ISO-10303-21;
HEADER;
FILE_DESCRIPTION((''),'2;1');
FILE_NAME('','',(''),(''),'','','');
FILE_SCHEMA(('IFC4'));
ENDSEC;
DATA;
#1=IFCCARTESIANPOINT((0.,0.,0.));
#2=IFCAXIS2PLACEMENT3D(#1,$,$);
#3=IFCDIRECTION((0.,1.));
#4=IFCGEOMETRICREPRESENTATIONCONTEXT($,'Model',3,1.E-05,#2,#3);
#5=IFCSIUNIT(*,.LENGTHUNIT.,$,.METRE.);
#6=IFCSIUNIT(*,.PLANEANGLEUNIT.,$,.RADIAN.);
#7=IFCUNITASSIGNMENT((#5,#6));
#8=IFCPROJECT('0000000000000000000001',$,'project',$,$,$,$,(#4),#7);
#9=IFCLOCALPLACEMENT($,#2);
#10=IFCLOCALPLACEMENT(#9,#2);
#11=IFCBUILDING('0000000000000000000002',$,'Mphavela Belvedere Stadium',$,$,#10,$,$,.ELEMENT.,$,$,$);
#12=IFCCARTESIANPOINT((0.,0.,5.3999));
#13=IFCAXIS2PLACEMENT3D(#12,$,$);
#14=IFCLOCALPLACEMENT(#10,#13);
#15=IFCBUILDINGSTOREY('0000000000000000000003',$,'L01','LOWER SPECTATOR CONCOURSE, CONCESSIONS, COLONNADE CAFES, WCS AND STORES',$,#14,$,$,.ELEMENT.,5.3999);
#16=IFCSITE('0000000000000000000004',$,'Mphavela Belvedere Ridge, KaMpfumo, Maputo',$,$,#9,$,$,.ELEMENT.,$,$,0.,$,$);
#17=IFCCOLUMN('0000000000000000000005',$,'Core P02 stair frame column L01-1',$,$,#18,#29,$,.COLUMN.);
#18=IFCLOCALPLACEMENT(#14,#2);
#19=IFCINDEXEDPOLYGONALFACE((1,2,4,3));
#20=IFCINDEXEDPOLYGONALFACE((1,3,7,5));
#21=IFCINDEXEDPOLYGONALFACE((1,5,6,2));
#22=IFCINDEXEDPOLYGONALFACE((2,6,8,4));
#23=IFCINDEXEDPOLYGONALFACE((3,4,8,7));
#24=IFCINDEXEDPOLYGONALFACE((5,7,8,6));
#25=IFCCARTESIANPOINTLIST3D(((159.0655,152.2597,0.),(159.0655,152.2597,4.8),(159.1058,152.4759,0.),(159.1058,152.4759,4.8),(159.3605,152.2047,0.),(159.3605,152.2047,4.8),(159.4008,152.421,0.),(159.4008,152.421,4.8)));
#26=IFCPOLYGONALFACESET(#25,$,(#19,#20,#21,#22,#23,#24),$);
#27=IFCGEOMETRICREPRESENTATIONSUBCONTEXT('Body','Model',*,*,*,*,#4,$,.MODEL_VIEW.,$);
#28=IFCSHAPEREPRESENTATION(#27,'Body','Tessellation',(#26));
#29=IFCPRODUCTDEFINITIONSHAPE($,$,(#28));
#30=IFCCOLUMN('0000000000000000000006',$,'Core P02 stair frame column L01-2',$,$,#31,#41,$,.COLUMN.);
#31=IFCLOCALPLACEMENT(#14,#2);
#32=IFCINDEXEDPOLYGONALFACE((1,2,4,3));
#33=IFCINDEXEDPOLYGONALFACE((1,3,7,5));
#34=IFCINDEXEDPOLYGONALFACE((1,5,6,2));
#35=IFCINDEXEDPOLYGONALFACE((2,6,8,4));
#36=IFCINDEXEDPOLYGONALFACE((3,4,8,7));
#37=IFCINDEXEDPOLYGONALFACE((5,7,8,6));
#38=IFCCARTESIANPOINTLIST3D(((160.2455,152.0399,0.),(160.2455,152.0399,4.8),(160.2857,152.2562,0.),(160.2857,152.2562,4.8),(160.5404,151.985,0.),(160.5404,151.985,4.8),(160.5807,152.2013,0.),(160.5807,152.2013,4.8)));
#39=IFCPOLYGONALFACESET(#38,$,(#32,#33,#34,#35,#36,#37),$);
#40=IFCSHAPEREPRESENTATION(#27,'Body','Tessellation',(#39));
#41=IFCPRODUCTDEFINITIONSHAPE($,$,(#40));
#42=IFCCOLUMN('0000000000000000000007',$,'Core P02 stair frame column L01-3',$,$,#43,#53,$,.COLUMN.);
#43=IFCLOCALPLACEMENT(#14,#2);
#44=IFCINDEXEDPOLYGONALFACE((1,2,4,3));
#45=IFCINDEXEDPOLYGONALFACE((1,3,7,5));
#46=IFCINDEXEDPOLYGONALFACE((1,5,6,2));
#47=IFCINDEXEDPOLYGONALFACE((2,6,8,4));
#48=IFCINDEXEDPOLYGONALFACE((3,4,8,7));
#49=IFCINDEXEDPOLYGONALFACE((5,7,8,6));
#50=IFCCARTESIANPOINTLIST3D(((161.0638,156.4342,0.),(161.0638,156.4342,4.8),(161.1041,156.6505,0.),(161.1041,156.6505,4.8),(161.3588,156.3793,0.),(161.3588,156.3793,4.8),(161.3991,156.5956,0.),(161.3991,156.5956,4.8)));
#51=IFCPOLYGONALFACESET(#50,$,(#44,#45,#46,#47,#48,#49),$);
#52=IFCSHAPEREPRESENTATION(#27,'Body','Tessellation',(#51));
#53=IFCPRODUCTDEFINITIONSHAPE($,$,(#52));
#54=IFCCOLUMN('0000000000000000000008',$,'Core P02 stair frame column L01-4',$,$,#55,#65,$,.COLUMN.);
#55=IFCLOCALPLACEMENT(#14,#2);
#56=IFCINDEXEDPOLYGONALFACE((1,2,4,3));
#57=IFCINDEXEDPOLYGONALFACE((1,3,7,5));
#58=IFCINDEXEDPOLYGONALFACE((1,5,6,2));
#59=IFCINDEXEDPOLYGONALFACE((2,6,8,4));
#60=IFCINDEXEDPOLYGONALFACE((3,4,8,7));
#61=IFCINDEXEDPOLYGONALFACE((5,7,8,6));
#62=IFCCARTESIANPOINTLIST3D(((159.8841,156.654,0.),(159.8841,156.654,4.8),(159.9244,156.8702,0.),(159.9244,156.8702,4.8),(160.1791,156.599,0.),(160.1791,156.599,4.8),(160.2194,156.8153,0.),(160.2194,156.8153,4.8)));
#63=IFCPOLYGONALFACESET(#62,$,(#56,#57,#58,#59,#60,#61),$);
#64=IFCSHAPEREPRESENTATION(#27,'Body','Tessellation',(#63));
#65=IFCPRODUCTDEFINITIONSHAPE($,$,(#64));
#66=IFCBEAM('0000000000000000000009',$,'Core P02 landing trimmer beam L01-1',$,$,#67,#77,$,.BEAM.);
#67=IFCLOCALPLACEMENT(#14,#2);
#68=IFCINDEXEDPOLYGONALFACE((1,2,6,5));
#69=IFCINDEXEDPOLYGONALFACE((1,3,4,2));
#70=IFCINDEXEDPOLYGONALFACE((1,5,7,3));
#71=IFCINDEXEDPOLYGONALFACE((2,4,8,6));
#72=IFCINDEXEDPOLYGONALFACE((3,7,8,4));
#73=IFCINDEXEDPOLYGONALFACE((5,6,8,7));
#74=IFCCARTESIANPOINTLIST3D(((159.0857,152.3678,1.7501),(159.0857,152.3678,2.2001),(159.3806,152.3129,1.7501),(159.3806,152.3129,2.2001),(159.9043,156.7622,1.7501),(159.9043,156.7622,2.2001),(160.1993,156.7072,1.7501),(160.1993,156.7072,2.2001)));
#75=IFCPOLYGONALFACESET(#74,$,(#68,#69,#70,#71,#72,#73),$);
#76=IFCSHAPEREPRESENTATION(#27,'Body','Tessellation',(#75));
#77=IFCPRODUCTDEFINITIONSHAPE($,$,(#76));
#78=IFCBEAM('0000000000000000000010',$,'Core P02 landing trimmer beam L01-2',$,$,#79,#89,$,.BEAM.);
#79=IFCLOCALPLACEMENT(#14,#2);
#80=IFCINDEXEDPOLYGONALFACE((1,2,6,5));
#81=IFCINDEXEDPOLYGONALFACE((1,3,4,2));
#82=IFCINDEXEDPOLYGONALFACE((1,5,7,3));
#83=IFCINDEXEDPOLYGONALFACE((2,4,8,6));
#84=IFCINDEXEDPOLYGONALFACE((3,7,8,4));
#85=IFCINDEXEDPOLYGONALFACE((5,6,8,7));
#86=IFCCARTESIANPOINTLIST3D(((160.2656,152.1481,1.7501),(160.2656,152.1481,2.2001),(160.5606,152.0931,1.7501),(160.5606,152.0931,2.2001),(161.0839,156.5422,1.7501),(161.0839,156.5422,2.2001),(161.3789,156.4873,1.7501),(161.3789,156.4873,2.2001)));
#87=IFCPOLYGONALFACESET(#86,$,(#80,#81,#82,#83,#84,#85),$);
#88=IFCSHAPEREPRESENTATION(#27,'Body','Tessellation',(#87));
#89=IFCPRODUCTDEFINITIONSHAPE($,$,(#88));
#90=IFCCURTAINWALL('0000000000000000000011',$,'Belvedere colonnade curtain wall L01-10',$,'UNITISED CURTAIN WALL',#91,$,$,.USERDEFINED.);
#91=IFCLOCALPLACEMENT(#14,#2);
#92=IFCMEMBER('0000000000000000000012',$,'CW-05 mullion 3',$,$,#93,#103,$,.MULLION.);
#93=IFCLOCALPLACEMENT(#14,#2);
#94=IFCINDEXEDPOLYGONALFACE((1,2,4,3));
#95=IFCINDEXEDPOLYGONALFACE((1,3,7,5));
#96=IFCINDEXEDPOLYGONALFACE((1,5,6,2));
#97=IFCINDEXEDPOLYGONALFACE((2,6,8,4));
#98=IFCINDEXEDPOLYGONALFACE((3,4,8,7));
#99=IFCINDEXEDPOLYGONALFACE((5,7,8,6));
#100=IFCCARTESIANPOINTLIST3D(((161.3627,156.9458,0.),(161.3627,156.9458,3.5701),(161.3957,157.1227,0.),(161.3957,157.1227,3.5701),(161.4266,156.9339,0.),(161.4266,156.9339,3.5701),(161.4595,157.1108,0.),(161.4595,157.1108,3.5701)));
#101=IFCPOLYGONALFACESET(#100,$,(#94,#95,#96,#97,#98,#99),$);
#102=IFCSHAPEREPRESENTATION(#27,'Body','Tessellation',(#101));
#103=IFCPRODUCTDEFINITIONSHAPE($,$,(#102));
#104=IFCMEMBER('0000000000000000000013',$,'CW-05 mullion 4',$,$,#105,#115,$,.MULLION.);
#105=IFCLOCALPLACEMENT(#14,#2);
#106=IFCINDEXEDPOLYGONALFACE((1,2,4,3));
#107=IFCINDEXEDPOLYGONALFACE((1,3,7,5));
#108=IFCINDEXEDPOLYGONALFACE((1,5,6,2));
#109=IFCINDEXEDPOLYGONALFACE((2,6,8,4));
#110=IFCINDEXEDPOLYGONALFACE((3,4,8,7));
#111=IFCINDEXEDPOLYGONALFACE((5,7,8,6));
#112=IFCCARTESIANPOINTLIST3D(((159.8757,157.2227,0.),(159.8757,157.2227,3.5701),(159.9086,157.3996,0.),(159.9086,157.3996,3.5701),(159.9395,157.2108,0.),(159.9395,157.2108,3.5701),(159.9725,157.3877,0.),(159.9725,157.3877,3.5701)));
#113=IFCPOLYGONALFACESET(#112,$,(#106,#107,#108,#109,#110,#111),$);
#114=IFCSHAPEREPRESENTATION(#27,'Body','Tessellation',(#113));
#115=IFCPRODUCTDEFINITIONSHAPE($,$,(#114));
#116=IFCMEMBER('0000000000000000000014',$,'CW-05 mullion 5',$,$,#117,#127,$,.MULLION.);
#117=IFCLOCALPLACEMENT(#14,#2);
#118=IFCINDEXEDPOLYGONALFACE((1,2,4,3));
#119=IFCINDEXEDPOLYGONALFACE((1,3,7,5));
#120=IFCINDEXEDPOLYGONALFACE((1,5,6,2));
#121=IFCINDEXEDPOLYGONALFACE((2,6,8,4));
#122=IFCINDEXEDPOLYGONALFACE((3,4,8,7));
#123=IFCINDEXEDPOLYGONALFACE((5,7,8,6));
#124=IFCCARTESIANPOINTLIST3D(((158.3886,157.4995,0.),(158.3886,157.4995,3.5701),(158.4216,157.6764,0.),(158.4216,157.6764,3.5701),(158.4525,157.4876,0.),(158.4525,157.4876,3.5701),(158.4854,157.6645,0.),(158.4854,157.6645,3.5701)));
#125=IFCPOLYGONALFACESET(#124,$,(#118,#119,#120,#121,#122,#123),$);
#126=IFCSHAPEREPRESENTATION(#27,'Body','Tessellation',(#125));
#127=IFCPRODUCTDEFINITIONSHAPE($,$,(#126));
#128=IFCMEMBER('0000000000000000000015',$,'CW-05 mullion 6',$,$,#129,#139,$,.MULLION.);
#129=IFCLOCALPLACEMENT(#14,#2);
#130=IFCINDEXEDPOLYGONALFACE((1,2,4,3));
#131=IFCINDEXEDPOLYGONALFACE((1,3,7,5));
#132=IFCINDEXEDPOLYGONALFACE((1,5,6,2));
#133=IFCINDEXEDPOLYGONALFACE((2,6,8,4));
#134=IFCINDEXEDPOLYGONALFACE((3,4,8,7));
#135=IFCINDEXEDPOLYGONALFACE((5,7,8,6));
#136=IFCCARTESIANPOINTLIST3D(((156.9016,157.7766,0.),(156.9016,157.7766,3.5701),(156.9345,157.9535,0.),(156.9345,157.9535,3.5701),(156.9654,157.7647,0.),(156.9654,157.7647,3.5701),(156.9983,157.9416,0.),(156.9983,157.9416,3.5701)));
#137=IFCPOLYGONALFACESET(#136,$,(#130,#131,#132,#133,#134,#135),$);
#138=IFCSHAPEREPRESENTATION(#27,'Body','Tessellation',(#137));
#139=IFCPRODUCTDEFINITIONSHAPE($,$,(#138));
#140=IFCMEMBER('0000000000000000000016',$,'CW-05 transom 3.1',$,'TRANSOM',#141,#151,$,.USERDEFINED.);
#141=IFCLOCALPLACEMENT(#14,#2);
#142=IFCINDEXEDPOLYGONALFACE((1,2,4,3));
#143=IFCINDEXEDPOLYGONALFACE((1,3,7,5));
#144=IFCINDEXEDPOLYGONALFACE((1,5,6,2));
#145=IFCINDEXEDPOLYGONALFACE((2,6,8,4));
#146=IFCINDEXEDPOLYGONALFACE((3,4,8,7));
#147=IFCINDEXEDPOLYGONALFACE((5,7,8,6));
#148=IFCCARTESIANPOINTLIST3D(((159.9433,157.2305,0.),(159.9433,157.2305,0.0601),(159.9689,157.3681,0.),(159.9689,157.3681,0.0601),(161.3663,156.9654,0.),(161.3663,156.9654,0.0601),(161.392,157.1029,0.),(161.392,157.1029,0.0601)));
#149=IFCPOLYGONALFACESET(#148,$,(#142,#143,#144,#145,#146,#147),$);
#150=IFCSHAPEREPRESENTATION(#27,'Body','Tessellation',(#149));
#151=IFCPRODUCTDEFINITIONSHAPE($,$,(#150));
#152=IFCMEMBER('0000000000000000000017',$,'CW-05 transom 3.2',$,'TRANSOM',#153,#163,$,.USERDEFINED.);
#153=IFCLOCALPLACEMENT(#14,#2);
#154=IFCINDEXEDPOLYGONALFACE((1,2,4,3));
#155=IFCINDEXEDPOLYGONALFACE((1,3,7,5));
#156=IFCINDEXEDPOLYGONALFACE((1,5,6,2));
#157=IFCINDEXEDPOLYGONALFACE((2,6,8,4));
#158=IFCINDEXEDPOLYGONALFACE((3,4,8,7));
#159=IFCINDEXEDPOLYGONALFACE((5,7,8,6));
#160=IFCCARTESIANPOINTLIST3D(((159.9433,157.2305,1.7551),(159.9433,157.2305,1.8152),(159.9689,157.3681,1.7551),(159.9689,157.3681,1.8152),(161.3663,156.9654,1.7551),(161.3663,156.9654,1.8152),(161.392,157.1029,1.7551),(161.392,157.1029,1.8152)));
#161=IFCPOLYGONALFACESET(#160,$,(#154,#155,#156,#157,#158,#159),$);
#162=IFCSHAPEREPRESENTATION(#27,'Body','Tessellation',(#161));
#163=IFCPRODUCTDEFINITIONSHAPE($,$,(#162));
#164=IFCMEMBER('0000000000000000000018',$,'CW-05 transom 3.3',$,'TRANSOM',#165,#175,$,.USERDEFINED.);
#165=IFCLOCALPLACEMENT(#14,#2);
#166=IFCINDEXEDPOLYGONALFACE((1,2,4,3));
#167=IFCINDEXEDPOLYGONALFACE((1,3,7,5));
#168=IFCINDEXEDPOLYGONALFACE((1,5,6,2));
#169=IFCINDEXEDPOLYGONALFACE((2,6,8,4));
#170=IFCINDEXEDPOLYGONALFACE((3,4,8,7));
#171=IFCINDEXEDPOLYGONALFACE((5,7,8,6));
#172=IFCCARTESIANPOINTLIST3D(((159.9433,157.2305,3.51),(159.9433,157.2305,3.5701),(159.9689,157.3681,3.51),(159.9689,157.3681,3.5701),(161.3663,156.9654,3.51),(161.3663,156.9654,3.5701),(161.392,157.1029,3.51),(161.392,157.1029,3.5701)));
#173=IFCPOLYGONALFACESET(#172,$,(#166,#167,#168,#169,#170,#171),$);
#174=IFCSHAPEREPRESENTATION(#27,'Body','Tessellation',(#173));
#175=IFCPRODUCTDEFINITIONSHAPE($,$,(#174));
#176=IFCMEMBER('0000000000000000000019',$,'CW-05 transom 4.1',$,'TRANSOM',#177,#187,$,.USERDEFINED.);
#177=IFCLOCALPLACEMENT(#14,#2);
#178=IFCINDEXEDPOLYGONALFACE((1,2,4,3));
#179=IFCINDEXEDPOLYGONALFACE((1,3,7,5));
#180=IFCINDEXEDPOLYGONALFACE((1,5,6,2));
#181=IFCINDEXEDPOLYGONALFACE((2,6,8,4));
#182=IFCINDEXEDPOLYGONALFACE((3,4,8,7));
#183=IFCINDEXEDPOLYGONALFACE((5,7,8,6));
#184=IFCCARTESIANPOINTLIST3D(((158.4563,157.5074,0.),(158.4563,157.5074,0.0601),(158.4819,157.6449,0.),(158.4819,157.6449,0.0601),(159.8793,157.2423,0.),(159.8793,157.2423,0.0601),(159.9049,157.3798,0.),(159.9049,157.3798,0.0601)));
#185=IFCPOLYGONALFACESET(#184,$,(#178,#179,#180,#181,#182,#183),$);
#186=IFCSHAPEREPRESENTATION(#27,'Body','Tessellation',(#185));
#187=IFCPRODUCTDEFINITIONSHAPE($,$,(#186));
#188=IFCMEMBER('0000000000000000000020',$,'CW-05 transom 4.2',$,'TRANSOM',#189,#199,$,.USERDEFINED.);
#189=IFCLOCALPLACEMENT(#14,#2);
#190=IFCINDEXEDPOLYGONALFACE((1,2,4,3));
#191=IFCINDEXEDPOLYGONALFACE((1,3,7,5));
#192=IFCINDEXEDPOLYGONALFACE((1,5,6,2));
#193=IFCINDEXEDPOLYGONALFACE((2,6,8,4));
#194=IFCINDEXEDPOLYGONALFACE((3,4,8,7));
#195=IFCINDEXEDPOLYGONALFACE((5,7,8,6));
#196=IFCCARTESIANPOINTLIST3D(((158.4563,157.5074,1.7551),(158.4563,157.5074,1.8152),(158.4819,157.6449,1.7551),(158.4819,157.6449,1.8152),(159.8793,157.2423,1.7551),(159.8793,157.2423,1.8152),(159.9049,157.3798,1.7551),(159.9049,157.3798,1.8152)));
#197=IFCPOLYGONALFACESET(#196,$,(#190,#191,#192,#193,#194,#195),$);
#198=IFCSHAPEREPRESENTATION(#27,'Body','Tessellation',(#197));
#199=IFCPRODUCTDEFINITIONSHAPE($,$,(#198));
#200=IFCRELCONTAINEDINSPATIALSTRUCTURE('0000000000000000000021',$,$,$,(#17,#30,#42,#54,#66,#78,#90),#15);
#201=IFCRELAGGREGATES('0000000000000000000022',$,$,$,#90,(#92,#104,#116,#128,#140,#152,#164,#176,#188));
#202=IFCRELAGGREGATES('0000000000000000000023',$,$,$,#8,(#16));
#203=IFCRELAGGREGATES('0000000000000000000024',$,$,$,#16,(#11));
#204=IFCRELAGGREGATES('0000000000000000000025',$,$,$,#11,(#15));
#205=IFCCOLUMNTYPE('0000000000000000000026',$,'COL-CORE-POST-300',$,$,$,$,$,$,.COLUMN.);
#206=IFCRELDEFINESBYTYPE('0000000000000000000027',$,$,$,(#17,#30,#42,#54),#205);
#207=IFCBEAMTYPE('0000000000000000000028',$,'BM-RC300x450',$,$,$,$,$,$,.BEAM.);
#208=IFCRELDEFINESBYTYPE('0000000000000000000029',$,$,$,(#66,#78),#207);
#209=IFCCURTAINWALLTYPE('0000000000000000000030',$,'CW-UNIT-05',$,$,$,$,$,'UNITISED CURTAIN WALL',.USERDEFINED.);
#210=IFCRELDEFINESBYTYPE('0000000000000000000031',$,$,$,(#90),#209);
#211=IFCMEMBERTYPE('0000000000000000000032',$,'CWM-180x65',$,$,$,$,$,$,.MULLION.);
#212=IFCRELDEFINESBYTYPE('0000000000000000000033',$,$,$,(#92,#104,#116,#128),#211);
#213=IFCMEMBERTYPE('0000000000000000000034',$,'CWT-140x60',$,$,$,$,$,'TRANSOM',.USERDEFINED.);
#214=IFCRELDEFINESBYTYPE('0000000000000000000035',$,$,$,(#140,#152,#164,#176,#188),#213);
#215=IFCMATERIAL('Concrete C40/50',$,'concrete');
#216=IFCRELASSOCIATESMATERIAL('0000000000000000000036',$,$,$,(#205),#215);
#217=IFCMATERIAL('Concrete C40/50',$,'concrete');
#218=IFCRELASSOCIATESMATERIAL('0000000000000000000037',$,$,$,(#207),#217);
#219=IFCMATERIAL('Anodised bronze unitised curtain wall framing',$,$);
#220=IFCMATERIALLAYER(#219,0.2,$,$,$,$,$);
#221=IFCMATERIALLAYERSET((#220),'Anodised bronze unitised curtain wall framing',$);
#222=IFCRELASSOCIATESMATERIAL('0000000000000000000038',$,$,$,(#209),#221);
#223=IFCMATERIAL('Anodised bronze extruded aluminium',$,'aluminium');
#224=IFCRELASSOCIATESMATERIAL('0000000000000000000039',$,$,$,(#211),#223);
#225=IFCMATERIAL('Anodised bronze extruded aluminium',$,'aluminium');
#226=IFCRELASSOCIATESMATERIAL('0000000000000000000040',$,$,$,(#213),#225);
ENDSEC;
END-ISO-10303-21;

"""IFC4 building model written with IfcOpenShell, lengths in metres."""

from ifc_helpers import new_model, si_unit, direction, frame, origin, origin_2d, place, context, subcontext, project, spatial, rectangle, extrude, material, layer, layer_set, material_profile, profile_set, type_object, element, aggregate, save


model = new_model("IFC4")

# Units and contexts
model_context = context("Model", 3, precision=1e-05, world=origin(), true_north=direction((0.0, 1.0)))
body_context = subcontext(model_context, "Body", "Model", "MODEL_VIEW")
ifc_project = project(units=[si_unit("LENGTHUNIT", "METRE"), si_unit("PLANEANGLEUNIT", "RADIAN")], contexts=[model_context])

# Site, building, storey
site_placement = place(None, origin())
site = spatial("IfcSite", under=ifc_project, at=site_placement, Name="Mphavela Belvedere Ridge, KaMpfumo, Maputo", CompositionType="ELEMENT", RefElevation=0.0)
building_placement = place(site_placement, origin())
building = spatial("IfcBuilding", under=site, at=building_placement, Name="Mphavela Belvedere Stadium", CompositionType="ELEMENT")
storey_placement = place(building_placement, frame((0.0, 0.0, 5.3999)))
storey = spatial("IfcBuildingStorey", under=building, at=storey_placement, Name="L01", Description="LOWER SPECTATOR CONCOURSE, CONCESSIONS, COLONNADE CAFES, WCS AND STORES", CompositionType="ELEMENT", Elevation=5.3999)

# Columns
ifc_material_1 = material(Name="Concrete C40/50", Category="concrete")
ifc_material_profile_1 = material_profile(ifc_material_1, rectangle(XDim=0.3, YDim=0.22, at=origin_2d()), Name="RC 300x220")
ifc_profile_set_1 = profile_set([ifc_material_profile_1], Name="Concrete C40/50")
column_type = type_object("IfcColumnType", Name="COL-CORE-POST-300", PredefinedType="COLUMN", material=ifc_profile_set_1)
for number, where, z_axis, x_axis, name in (
    (1, (159.2332, 152.3403, 0.0), (0.0, 0.0, 1.0), (0.983096, -0.183094, 0.0), "Core P02 stair frame column L01-1"),
    (2, (160.4131, 152.1206, 0.0), (0.0, 0.0, 1.0), (0.983096, -0.183094, 0.0), "Core P02 stair frame column L01-2"),
    (3, (161.2314, 156.5149, 0.0), (0.0, 0.0, 1.0), (0.983096, -0.183094, 0.0), "Core P02 stair frame column L01-3"),
    (4, (160.0518, 156.7346, 0.0), (0.0, 0.0, 1.0), (0.983096, -0.183094, 0.0), "Core P02 stair frame column L01-4"),
):
    element("IfcColumn", number, at=place(storey_placement, frame(where, z_axis=z_axis, x_axis=x_axis)), inside=storey, type_object=column_type, Name=name, PredefinedType="COLUMN", context=body_context, shape_type="SweptSolid", body=[
        extrude(rectangle(XDim=0.3, YDim=0.22, at=origin_2d()), origin(), (0.0, 0.0, 1.0), 4.8),
    ])

# Beams
ifc_material_2 = material(Name="Concrete C40/50", Category="concrete")
ifc_material_profile_2 = material_profile(ifc_material_2, rectangle(XDim=0.3, YDim=0.45, at=origin_2d()), Name="RC 300x450")
ifc_profile_set_2 = profile_set([ifc_material_profile_2], Name="Concrete C40/50")
beam_type = type_object("IfcBeamType", Name="BM-RC300x450", PredefinedType="BEAM", material=ifc_profile_set_2)
beam_1_placement = place(storey_placement, frame((159.2332, 152.3403, 1.9751), z_axis=(0.183137, 0.983087, 0.0), x_axis=(-0.983087, 0.183137, 0.0)))
element("IfcBeam", 5, at=beam_1_placement, inside=storey, type_object=beam_type, Name="Core P02 landing trimmer beam L01-1", PredefinedType="BEAM", context=body_context, shape_type="SweptSolid", body=[
    extrude(rectangle(XDim=0.3, YDim=0.45, at=origin_2d()), origin(), (0.0, 0.0, 1.0), 4.47),
])
beam_2_placement = place(storey_placement, frame((160.4131, 152.1206, 1.9751), z_axis=(0.183085, 0.983097, 0.0), x_axis=(-0.983097, 0.183085, 0.0)))
element("IfcBeam", 6, at=beam_2_placement, inside=storey, type_object=beam_type, Name="Core P02 landing trimmer beam L01-2", PredefinedType="BEAM", context=body_context, shape_type="SweptSolid", body=[
    extrude(rectangle(XDim=0.3, YDim=0.45, at=origin_2d()), origin(), (0.0, 0.0, 1.0), 4.4697),
])

# Curtain wall, members
ifc_material_3 = material(Name="Anodised bronze unitised curtain wall framing")
ifc_layer_1 = layer(ifc_material_3, 0.2)
ifc_layer_set_1 = layer_set([ifc_layer_1], Name="Anodised bronze unitised curtain wall framing")
curtain_wall_type = type_object("IfcCurtainWallType", Name="CW-UNIT-05", ElementType="UNITISED CURTAIN WALL", PredefinedType="USERDEFINED", material=ifc_layer_set_1)
curtain_wall_placement = place(storey_placement, origin())
curtain_wall = element("IfcCurtainWall", 7, at=curtain_wall_placement, inside=storey, type_object=curtain_wall_type, Name="Belvedere colonnade curtain wall L01-10", ObjectType="UNITISED CURTAIN WALL", PredefinedType="USERDEFINED")
ifc_material_4 = material(Name="Anodised bronze extruded aluminium", Category="aluminium")
ifc_material_profile_3 = material_profile(ifc_material_4, rectangle(XDim=0.1799, YDim=0.0649, at=origin_2d()), Name="CW-MUL 180x65")
ifc_profile_set_3 = profile_set([ifc_material_profile_3], Name="Anodised bronze extruded aluminium")
member_type_1 = type_object("IfcMemberType", Name="CWM-180x65", PredefinedType="MULLION", material=ifc_profile_set_3)
member_1_placement = place(storey_placement, frame((161.4111, 157.0283, 0.0), z_axis=(0.0, 0.0, 1.0), x_axis=(-0.183095, -0.983095, 0.0)))
member_1 = element("IfcMember", 8, at=member_1_placement, type_object=member_type_1, Name="CW-05 mullion 3", PredefinedType="MULLION", context=body_context, shape_type="SweptSolid", body=[
    extrude(rectangle(XDim=0.1799, YDim=0.0649, at=origin_2d()), origin(), (0.0, 0.0, 1.0), 3.5701),
])
member_2_placement = place(storey_placement, frame((159.9241, 157.3052, 0.0), z_axis=(0.0, 0.0, 1.0), x_axis=(-0.183095, -0.983095, 0.0)))
member_2 = element("IfcMember", 9, at=member_2_placement, type_object=member_type_1, Name="CW-05 mullion 4", PredefinedType="MULLION", context=body_context, shape_type="SweptSolid", body=[
    extrude(rectangle(XDim=0.1799, YDim=0.0649, at=origin_2d()), origin(), (0.0, 0.0, 1.0), 3.5701),
])
member_3_placement = place(storey_placement, frame((158.437, 157.582, 0.0), z_axis=(0.0, 0.0, 1.0), x_axis=(-0.183095, -0.983095, 0.0)))
member_3 = element("IfcMember", 10, at=member_3_placement, type_object=member_type_1, Name="CW-05 mullion 5", PredefinedType="MULLION", context=body_context, shape_type="SweptSolid", body=[
    extrude(rectangle(XDim=0.1799, YDim=0.0649, at=origin_2d()), origin(), (0.0, 0.0, 1.0), 3.5701),
])
member_4_placement = place(storey_placement, frame((156.95, 157.8591, 0.0), z_axis=(0.0, 0.0, 1.0), x_axis=(-0.183095, -0.983095, 0.0)))
member_4 = element("IfcMember", 11, at=member_4_placement, type_object=member_type_1, Name="CW-05 mullion 6", PredefinedType="MULLION", context=body_context, shape_type="SweptSolid", body=[
    extrude(rectangle(XDim=0.1799, YDim=0.0649, at=origin_2d()), origin(), (0.0, 0.0, 1.0), 3.5701),
])
ifc_material_5 = material(Name="Anodised bronze extruded aluminium", Category="aluminium")
ifc_material_profile_4 = material_profile(ifc_material_5, rectangle(XDim=0.1399, YDim=0.0601, at=origin_2d()), Name="CW-TRN 140x60")
ifc_profile_set_4 = profile_set([ifc_material_profile_4], Name="Anodised bronze extruded aluminium")
member_type_2 = type_object("IfcMemberType", Name="CWT-140x60", ElementType="TRANSOM", PredefinedType="USERDEFINED", material=ifc_profile_set_4)
member_5_placement = place(storey_placement, frame((161.3792, 157.0342, 0.03), z_axis=(-0.983083, 0.183158, 0.0), x_axis=(-0.183158, -0.983083, 0.0)))
member_5 = element("IfcMember", 12, at=member_5_placement, type_object=member_type_2, Name="CW-05 transom 3.1", ObjectType="TRANSOM", PredefinedType="USERDEFINED", context=body_context, shape_type="SweptSolid", body=[
    extrude(rectangle(XDim=0.1399, YDim=0.0601, at=origin_2d()), origin(), (0.0, 0.0, 1.0), 1.4475),
])
member_6_placement = place(storey_placement, frame((161.3792, 157.0342, 1.7852), z_axis=(-0.983083, 0.183158, 0.0), x_axis=(-0.183158, -0.983083, 0.0)))
member_6 = element("IfcMember", 13, at=member_6_placement, type_object=member_type_2, Name="CW-05 transom 3.2", ObjectType="TRANSOM", PredefinedType="USERDEFINED", context=body_context, shape_type="SweptSolid", body=[
    extrude(rectangle(XDim=0.1399, YDim=0.0601, at=origin_2d()), origin(), (0.0, 0.0, 1.0), 1.4475),
])
member_7_placement = place(storey_placement, frame((161.3792, 157.0342, 3.54), z_axis=(-0.983083, 0.183158, 0.0), x_axis=(-0.183158, -0.983083, 0.0)))
member_7 = element("IfcMember", 14, at=member_7_placement, type_object=member_type_2, Name="CW-05 transom 3.3", ObjectType="TRANSOM", PredefinedType="USERDEFINED", context=body_context, shape_type="SweptSolid", body=[
    extrude(rectangle(XDim=0.1399, YDim=0.0601, at=origin_2d()), origin(), (0.0, 0.0, 1.0), 1.4475),
])
member_8_placement = place(storey_placement, frame((159.8921, 157.311, 0.03), z_axis=(-0.983083, 0.183158, 0.0), x_axis=(-0.183158, -0.983083, 0.0)))
member_8 = element("IfcMember", 15, at=member_8_placement, type_object=member_type_2, Name="CW-05 transom 4.1", ObjectType="TRANSOM", PredefinedType="USERDEFINED", context=body_context, shape_type="SweptSolid", body=[
    extrude(rectangle(XDim=0.1399, YDim=0.0601, at=origin_2d()), origin(), (0.0, 0.0, 1.0), 1.4475),
])
member_9_placement = place(storey_placement, frame((159.8921, 157.311, 1.7852), z_axis=(-0.983083, 0.183158, 0.0), x_axis=(-0.183158, -0.983083, 0.0)))
member_9 = element("IfcMember", 16, at=member_9_placement, type_object=member_type_2, Name="CW-05 transom 4.2", ObjectType="TRANSOM", PredefinedType="USERDEFINED", context=body_context, shape_type="SweptSolid", body=[
    extrude(rectangle(XDim=0.1399, YDim=0.0601, at=origin_2d()), origin(), (0.0, 0.0, 1.0), 1.4475),
])
aggregate(curtain_wall, [member_1, member_2, member_3, member_4, member_5, member_6, member_7, member_8, member_9])

save(model, "model.ifc")
